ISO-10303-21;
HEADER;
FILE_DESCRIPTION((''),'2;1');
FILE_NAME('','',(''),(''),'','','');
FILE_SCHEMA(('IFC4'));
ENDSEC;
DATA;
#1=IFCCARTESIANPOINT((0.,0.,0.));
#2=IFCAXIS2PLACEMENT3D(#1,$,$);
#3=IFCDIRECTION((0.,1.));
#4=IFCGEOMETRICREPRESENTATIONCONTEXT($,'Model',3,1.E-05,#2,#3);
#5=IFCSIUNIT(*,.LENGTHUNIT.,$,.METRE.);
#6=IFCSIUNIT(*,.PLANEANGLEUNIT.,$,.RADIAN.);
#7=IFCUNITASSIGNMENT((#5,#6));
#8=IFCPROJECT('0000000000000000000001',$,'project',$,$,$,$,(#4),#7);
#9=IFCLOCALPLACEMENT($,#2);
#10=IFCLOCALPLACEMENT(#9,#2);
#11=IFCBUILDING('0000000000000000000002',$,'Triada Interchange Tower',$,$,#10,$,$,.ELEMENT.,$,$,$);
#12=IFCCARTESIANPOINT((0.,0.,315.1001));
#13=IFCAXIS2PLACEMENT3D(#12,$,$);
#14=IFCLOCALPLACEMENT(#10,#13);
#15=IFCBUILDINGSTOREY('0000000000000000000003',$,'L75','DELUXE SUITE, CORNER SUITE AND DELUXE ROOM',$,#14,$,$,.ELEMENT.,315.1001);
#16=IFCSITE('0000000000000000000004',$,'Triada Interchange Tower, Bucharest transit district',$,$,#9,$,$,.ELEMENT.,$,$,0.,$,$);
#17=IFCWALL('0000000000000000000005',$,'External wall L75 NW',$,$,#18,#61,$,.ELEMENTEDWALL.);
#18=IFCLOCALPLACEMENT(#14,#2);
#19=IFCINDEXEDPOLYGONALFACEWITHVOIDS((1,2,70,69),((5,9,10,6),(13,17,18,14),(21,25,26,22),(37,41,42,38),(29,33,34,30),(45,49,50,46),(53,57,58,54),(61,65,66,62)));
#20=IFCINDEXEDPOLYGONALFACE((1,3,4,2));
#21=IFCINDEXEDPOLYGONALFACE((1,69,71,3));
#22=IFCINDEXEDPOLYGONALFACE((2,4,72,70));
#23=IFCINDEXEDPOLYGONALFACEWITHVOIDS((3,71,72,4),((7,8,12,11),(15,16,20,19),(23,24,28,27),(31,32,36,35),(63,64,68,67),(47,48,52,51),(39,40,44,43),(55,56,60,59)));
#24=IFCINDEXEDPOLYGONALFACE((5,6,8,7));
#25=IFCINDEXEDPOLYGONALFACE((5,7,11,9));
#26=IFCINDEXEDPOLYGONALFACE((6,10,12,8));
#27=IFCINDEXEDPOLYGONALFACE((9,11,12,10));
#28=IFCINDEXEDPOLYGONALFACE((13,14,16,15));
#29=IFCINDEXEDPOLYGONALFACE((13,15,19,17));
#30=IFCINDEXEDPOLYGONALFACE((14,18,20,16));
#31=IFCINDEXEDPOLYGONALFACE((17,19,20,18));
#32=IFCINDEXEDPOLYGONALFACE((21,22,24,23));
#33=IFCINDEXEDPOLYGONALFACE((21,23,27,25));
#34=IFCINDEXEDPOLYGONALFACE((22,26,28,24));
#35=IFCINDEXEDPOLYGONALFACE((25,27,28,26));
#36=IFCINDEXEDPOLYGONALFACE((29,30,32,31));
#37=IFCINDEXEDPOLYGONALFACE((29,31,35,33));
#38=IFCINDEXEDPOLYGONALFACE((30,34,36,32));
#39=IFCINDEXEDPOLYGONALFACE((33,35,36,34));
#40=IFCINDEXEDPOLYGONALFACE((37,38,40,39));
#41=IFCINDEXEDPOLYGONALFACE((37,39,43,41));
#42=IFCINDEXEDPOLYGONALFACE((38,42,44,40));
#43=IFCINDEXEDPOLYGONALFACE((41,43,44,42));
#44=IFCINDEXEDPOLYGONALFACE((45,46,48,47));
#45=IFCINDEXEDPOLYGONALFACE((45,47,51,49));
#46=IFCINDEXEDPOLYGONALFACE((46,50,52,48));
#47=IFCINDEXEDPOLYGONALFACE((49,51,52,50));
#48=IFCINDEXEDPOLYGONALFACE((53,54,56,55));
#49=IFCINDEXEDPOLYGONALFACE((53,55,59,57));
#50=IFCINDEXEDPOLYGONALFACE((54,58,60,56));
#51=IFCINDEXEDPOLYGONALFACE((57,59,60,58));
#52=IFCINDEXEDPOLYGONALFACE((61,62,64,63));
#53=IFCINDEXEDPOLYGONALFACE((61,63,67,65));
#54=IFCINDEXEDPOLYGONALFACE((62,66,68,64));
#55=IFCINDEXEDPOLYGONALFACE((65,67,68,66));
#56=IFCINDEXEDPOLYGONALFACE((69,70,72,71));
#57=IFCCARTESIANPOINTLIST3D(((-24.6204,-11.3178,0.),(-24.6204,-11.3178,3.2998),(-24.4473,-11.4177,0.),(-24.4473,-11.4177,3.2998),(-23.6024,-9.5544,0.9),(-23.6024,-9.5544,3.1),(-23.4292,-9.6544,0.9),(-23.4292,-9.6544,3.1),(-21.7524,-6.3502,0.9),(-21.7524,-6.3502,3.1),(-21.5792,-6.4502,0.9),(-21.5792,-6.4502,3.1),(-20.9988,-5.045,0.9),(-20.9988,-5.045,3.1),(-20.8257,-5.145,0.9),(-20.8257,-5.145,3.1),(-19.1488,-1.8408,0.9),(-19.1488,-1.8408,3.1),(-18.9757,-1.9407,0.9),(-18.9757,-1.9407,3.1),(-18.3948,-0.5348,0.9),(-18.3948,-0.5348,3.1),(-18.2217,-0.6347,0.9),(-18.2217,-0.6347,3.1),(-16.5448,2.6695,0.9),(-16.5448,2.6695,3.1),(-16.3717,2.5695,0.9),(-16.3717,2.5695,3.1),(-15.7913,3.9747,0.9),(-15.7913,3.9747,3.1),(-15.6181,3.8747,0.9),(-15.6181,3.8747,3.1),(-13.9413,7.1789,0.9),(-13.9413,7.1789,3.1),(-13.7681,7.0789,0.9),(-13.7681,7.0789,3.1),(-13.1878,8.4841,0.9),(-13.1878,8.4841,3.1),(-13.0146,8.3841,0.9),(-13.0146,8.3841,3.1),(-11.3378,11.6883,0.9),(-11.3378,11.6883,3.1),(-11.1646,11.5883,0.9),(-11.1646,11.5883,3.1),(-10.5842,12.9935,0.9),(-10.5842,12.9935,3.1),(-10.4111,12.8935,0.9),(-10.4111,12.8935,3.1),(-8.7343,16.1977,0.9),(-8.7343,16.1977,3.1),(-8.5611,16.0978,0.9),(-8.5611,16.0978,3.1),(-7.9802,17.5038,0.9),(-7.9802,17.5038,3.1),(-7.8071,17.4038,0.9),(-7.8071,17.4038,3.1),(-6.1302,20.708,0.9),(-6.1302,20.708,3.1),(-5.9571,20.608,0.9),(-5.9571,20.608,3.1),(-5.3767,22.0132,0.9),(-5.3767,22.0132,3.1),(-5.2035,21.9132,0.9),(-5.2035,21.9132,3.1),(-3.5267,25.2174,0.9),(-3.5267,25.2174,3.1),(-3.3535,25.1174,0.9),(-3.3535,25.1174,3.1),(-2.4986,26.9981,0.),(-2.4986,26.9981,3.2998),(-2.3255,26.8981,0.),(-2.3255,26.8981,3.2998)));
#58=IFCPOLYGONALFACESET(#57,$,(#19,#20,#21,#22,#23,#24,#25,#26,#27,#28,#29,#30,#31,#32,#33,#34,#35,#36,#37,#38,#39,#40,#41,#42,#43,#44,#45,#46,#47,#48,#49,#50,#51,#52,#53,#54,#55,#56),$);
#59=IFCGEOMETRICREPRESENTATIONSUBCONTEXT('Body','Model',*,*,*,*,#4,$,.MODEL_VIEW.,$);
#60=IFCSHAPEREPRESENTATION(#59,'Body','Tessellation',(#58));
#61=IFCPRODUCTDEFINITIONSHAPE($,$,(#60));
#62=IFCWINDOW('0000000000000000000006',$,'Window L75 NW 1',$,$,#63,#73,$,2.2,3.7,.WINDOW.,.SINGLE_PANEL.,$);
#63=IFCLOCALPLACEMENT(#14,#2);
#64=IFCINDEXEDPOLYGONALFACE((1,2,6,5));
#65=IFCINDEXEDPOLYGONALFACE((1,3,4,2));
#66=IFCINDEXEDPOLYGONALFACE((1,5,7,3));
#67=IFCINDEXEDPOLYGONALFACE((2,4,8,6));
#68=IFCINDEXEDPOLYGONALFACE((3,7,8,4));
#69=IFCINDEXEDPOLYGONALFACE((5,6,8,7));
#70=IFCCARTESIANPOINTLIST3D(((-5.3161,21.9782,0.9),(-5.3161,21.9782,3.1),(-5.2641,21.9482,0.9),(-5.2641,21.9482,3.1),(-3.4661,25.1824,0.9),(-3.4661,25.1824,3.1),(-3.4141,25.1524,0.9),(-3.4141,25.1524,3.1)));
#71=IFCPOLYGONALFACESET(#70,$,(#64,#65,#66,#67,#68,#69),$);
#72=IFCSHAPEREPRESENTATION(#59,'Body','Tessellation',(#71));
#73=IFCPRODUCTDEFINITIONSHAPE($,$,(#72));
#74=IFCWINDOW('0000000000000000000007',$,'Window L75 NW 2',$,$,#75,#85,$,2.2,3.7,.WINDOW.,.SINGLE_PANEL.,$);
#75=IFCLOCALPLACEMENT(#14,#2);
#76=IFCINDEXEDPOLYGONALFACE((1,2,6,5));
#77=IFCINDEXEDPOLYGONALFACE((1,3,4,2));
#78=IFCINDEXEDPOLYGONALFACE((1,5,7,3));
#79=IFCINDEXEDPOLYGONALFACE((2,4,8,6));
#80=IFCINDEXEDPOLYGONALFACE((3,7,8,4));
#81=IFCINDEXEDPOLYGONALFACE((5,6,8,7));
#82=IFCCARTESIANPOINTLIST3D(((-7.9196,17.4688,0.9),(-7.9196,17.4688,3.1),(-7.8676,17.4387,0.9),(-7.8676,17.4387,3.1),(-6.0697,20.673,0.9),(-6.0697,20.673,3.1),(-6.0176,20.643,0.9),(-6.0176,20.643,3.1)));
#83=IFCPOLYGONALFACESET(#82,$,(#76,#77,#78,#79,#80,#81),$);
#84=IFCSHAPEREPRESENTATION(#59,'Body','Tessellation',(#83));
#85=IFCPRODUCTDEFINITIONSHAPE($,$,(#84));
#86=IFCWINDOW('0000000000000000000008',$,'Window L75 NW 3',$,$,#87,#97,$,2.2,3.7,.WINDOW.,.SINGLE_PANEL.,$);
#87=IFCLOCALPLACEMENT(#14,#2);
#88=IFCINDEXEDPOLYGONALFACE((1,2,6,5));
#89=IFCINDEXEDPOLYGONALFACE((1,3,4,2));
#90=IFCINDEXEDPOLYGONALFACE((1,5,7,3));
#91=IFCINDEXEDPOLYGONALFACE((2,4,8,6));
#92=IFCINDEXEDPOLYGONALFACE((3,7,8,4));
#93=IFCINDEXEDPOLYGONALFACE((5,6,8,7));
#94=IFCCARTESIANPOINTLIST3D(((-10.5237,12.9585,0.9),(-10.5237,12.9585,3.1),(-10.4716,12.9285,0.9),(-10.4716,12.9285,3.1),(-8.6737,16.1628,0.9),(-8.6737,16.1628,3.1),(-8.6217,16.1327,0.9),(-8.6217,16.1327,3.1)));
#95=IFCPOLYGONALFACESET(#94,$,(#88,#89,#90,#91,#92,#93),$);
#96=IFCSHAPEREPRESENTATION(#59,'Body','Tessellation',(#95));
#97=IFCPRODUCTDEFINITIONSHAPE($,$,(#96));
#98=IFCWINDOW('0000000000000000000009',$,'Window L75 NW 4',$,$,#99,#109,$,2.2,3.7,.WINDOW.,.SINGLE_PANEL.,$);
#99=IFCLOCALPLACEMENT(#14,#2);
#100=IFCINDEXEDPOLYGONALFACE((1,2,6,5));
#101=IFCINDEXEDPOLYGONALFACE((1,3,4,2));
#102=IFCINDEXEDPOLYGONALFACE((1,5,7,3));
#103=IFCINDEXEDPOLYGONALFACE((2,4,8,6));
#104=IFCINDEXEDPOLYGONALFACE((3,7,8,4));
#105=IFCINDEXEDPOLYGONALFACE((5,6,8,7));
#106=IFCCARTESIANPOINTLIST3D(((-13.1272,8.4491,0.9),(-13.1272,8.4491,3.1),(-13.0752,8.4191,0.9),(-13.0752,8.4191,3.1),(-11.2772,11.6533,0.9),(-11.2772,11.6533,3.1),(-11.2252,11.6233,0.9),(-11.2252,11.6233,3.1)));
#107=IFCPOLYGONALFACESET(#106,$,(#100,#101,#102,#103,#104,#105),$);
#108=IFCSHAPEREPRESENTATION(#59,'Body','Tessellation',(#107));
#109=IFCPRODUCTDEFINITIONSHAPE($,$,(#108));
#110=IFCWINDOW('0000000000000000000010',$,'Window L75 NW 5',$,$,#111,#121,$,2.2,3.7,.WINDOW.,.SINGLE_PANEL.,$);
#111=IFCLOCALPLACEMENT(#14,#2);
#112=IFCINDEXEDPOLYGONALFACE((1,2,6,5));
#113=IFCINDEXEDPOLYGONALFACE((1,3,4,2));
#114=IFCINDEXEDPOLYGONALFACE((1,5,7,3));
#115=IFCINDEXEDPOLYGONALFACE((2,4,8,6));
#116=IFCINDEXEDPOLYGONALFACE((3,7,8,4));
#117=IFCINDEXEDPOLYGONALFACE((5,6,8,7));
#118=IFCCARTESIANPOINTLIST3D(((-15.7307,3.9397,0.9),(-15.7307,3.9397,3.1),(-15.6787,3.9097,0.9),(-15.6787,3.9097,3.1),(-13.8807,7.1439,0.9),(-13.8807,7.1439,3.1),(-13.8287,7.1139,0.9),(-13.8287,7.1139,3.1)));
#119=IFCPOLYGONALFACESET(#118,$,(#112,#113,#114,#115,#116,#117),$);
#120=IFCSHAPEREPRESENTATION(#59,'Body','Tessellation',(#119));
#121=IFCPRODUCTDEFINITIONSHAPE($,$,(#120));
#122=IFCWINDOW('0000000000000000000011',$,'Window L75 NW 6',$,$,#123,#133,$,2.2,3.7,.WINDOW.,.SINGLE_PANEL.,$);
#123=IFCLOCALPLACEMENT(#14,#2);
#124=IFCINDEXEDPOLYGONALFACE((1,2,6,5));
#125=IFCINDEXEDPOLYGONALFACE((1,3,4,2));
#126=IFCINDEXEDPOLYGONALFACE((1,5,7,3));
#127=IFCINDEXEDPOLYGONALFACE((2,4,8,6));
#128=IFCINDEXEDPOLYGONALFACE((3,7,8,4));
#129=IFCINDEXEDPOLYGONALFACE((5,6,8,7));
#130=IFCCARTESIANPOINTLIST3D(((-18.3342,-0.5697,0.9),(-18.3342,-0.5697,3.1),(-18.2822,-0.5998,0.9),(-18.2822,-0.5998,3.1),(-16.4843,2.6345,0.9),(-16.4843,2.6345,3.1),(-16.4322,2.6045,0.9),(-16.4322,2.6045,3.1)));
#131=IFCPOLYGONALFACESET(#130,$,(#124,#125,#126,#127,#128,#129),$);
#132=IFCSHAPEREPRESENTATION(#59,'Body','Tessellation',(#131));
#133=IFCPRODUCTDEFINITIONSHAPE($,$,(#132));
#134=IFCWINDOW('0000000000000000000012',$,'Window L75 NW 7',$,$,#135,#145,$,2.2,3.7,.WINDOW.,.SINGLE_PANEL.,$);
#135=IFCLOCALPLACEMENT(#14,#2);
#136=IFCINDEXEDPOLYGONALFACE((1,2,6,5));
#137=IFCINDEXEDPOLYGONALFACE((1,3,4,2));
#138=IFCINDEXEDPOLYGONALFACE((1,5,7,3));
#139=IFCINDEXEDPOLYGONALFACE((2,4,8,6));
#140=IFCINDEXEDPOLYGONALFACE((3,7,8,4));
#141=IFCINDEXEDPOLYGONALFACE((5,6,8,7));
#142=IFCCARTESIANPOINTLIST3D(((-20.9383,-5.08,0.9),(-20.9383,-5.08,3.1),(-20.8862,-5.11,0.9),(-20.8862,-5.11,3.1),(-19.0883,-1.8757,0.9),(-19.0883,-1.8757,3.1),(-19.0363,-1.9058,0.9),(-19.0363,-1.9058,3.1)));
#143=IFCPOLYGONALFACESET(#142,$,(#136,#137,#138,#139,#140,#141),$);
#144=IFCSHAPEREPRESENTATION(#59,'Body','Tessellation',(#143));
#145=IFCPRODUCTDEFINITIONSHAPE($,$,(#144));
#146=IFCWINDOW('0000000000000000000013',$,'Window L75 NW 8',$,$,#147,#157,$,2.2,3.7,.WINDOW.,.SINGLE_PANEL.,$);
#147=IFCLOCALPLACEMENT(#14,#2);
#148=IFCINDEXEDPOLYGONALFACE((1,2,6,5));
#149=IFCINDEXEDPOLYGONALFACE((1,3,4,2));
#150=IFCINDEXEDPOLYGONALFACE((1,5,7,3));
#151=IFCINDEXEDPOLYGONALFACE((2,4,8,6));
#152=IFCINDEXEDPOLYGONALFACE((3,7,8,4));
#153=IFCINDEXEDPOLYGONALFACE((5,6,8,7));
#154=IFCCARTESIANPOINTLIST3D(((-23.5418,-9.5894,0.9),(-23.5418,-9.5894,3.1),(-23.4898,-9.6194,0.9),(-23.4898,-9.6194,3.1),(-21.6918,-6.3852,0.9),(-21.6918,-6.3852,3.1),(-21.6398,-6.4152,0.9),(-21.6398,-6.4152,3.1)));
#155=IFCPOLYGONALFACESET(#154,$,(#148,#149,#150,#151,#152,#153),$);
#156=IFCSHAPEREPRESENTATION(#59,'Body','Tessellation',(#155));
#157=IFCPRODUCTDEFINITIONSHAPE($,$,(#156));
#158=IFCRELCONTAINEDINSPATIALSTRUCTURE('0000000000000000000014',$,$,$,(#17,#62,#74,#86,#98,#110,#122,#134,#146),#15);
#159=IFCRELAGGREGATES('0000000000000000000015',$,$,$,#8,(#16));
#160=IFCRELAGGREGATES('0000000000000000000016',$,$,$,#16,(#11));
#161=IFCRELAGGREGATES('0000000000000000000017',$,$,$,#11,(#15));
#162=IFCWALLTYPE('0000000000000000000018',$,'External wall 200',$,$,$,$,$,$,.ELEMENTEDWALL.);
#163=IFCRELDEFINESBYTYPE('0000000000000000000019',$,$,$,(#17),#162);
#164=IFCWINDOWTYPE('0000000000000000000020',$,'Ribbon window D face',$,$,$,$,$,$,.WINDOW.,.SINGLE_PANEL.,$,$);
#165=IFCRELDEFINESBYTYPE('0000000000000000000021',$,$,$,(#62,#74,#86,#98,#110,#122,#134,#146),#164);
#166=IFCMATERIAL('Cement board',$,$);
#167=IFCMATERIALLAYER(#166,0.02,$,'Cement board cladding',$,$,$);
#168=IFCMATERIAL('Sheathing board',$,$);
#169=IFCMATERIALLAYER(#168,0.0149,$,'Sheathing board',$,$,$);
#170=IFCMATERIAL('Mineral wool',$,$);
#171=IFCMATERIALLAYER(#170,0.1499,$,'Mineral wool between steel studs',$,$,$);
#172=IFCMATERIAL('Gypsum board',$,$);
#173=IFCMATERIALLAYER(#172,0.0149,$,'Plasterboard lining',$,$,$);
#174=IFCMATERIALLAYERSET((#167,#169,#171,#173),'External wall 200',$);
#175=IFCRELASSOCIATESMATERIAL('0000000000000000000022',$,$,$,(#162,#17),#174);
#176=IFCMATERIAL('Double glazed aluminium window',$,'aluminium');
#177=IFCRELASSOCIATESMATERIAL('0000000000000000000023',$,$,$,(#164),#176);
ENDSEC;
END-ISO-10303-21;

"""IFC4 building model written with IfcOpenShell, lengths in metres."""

from ifc_helpers import new_model, si_unit, direction, frame, frame_2d, origin, place, context, subcontext, project, spatial, rectangle, extrude, material, layer, layer_set, layer_usage, type_object, element, fill, save


model = new_model("IFC4")

# Units and contexts
model_context = context("Model", 3, precision=1e-05, world=origin(), true_north=direction((0.0, 1.0)))
body_context = subcontext(model_context, "Body", "Model", "MODEL_VIEW")
ifc_project = project(units=[si_unit("LENGTHUNIT", "METRE"), si_unit("PLANEANGLEUNIT", "RADIAN")], contexts=[model_context])

# Site, building, storey
site_placement = place(None, origin())
site = spatial("IfcSite", under=ifc_project, at=site_placement, Name="Triada Interchange Tower, Bucharest transit district", CompositionType="ELEMENT", RefElevation=0.0)
building_placement = place(site_placement, origin())
building = spatial("IfcBuilding", under=site, at=building_placement, Name="Triada Interchange Tower", CompositionType="ELEMENT")
storey_placement = place(building_placement, frame((0.0, 0.0, 315.1001)))
storey = spatial("IfcBuildingStorey", under=building, at=storey_placement, Name="L75", Description="DELUXE SUITE, CORNER SUITE AND DELUXE ROOM", CompositionType="ELEMENT", Elevation=315.1001)

# Wall, openings, windows
ifc_material_1 = material(Name="Cement board")
ifc_layer_1 = layer(ifc_material_1, 0.02, Name="Cement board cladding")
ifc_material_2 = material(Name="Sheathing board")
ifc_layer_2 = layer(ifc_material_2, 0.0149, Name="Sheathing board")
ifc_material_3 = material(Name="Mineral wool")
ifc_layer_3 = layer(ifc_material_3, 0.1499, Name="Mineral wool between steel studs")
ifc_material_4 = material(Name="Gypsum board")
ifc_layer_4 = layer(ifc_material_4, 0.0149, Name="Plasterboard lining")
ifc_layer_set_1 = layer_set([ifc_layer_1, ifc_layer_2, ifc_layer_3, ifc_layer_4], Name="External wall 200")
ifc_layer_usage = layer_usage(ifc_layer_set_1, "AXIS2", "POSITIVE", -0.1001)
wall_type = type_object("IfcWallType", Name="External wall 200", PredefinedType="ELEMENTEDWALL", material=ifc_layer_set_1)
wall_placement = place(storey_placement, frame((-2.4121, 26.948, 0.0), z_axis=(0.0, 0.0, 1.0), x_axis=(-0.500002, -0.866024, 0.0)))
wall = element("IfcWall", 1, at=wall_placement, inside=storey, type_object=wall_type, material=ifc_layer_usage, Name="External wall L75 NW", PredefinedType="ELEMENTEDWALL", context=body_context, shape_type="SweptSolid", body=[
    extrude(rectangle(XDim=44.2434, YDim=0.2, at=frame_2d((22.1216, 0.0))), origin(), (0.0, 0.0, 1.0), 3.2998),
])
opening_1_placement = place(wall_placement, frame((2.0559, 0.0, 0.8999)))
opening_1 = element("IfcOpeningElement", 2, at=opening_1_placement, cuts=wall, PredefinedType="OPENING", context=body_context, shape_type="SweptSolid", body=[
    extrude(rectangle(XDim=3.7, YDim=2.2, at=frame_2d((1.8501, 1.1001))), frame((0.0, 0.1099, 0.0), z_axis=(0.0, -1.0, 0.0), x_axis=(1.0, 0.0, 0.0)), (0.0, 0.0, 1.0), 0.22),
])
opening_2_placement = place(wall_placement, frame((7.2629, 0.0, 0.8999)))
opening_2 = element("IfcOpeningElement", 3, at=opening_2_placement, cuts=wall, PredefinedType="OPENING", context=body_context, shape_type="SweptSolid", body=[
    extrude(rectangle(XDim=3.7, YDim=2.2, at=frame_2d((1.8501, 1.1001))), frame((0.0, 0.1099, 0.0), z_axis=(0.0, -1.0, 0.0), x_axis=(1.0, 0.0, 0.0)), (0.0, 0.0, 1.0), 0.22),
])
opening_3_placement = place(wall_placement, frame((12.4709, 0.0, 0.8999)))
opening_3 = element("IfcOpeningElement", 4, at=opening_3_placement, cuts=wall, PredefinedType="OPENING", context=body_context, shape_type="SweptSolid", body=[
    extrude(rectangle(XDim=3.7, YDim=2.2, at=frame_2d((1.8501, 1.1001))), frame((0.0, 0.1099, 0.0), z_axis=(0.0, -1.0, 0.0), x_axis=(1.0, 0.0, 0.0)), (0.0, 0.0, 1.0), 0.22),
])
opening_4_placement = place(wall_placement, frame((17.678, 0.0, 0.8999)))
opening_4 = element("IfcOpeningElement", 5, at=opening_4_placement, cuts=wall, PredefinedType="OPENING", context=body_context, shape_type="SweptSolid", body=[
    extrude(rectangle(XDim=3.7, YDim=2.2, at=frame_2d((1.8501, 1.1001))), frame((0.0, 0.1099, 0.0), z_axis=(0.0, -1.0, 0.0), x_axis=(1.0, 0.0, 0.0)), (0.0, 0.0, 1.0), 0.22),
])
opening_5_placement = place(wall_placement, frame((22.885, 0.0, 0.8999)))
opening_5 = element("IfcOpeningElement", 6, at=opening_5_placement, cuts=wall, PredefinedType="OPENING", context=body_context, shape_type="SweptSolid", body=[
    extrude(rectangle(XDim=3.7, YDim=2.2, at=frame_2d((1.8501, 1.1001))), frame((0.0, 0.1099, 0.0), z_axis=(0.0, -1.0, 0.0), x_axis=(1.0, 0.0, 0.0)), (0.0, 0.0, 1.0), 0.22),
])
opening_6_placement = place(wall_placement, frame((28.092, 0.0, 0.8999)))
opening_6 = element("IfcOpeningElement", 7, at=opening_6_placement, cuts=wall, PredefinedType="OPENING", context=body_context, shape_type="SweptSolid", body=[
    extrude(rectangle(XDim=3.7, YDim=2.2, at=frame_2d((1.8501, 1.1001))), frame((0.0, 0.1099, 0.0), z_axis=(0.0, -1.0, 0.0), x_axis=(1.0, 0.0, 0.0)), (0.0, 0.0, 1.0), 0.22),
])
opening_7_placement = place(wall_placement, frame((33.3, 0.0, 0.8999)))
opening_7 = element("IfcOpeningElement", 8, at=opening_7_placement, cuts=wall, PredefinedType="OPENING", context=body_context, shape_type="SweptSolid", body=[
    extrude(rectangle(XDim=3.7, YDim=2.2, at=frame_2d((1.8501, 1.1001))), frame((0.0, 0.1099, 0.0), z_axis=(0.0, -1.0, 0.0), x_axis=(1.0, 0.0, 0.0)), (0.0, 0.0, 1.0), 0.22),
])
opening_8_placement = place(wall_placement, frame((38.5071, 0.0, 0.8999)))
opening_8 = element("IfcOpeningElement", 9, at=opening_8_placement, cuts=wall, PredefinedType="OPENING", context=body_context, shape_type="SweptSolid", body=[
    extrude(rectangle(XDim=3.7, YDim=2.2, at=frame_2d((1.8501, 1.1001))), frame((0.0, 0.1099, 0.0), z_axis=(0.0, -1.0, 0.0), x_axis=(1.0, 0.0, 0.0)), (0.0, 0.0, 1.0), 0.22),
])
ifc_material_5 = material(Name="Double glazed aluminium window", Category="aluminium")
window_type = type_object("IfcWindowType", Name="Ribbon window D face", PartitioningType="SINGLE_PANEL", PredefinedType="WINDOW", material=ifc_material_5)
window_1_placement = place(opening_1_placement, origin())
window_1 = element("IfcWindow", 10, at=window_1_placement, inside=storey, type_object=window_type, Name="Window L75 NW 1", OverallHeight=2.2, OverallWidth=3.7, PartitioningType="SINGLE_PANEL", PredefinedType="WINDOW", context=body_context, shape_type="SweptSolid", body=[
    extrude(rectangle(XDim=3.7, YDim=2.2, at=frame_2d((1.8501, 1.1001))), frame((0.0, 0.03, 0.0), z_axis=(0.0, -1.0, 0.0), x_axis=(1.0, 0.0, 0.0)), (0.0, 0.0, 1.0), 0.0601),
])
fill(opening_1, window_1)
window_2_placement = place(opening_2_placement, origin())
window_2 = element("IfcWindow", 11, at=window_2_placement, inside=storey, type_object=window_type, Name="Window L75 NW 2", OverallHeight=2.2, OverallWidth=3.7, PartitioningType="SINGLE_PANEL", PredefinedType="WINDOW", context=body_context, shape_type="SweptSolid", body=[
    extrude(rectangle(XDim=3.7, YDim=2.2, at=frame_2d((1.8501, 1.1001))), frame((0.0, 0.03, 0.0), z_axis=(0.0, -1.0, 0.0), x_axis=(1.0, 0.0, 0.0)), (0.0, 0.0, 1.0), 0.0601),
])
fill(opening_2, window_2)
window_3_placement = place(opening_3_placement, origin())
window_3 = element("IfcWindow", 12, at=window_3_placement, inside=storey, type_object=window_type, Name="Window L75 NW 3", OverallHeight=2.2, OverallWidth=3.7, PartitioningType="SINGLE_PANEL", PredefinedType="WINDOW", context=body_context, shape_type="SweptSolid", body=[
    extrude(rectangle(XDim=3.7, YDim=2.2, at=frame_2d((1.8501, 1.1001))), frame((0.0, 0.03, 0.0), z_axis=(0.0, -1.0, 0.0), x_axis=(1.0, 0.0, 0.0)), (0.0, 0.0, 1.0), 0.0601),
])
fill(opening_3, window_3)
window_4_placement = place(opening_4_placement, origin())
window_4 = element("IfcWindow", 13, at=window_4_placement, inside=storey, type_object=window_type, Name="Window L75 NW 4", OverallHeight=2.2, OverallWidth=3.7, PartitioningType="SINGLE_PANEL", PredefinedType="WINDOW", context=body_context, shape_type="SweptSolid", body=[
    extrude(rectangle(XDim=3.7, YDim=2.2, at=frame_2d((1.8501, 1.1001))), frame((0.0, 0.03, 0.0), z_axis=(0.0, -1.0, 0.0), x_axis=(1.0, 0.0, 0.0)), (0.0, 0.0, 1.0), 0.0601),
])
fill(opening_4, window_4)
window_5_placement = place(opening_5_placement, origin())
window_5 = element("IfcWindow", 14, at=window_5_placement, inside=storey, type_object=window_type, Name="Window L75 NW 5", OverallHeight=2.2, OverallWidth=3.7, PartitioningType="SINGLE_PANEL", PredefinedType="WINDOW", context=body_context, shape_type="SweptSolid", body=[
    extrude(rectangle(XDim=3.7, YDim=2.2, at=frame_2d((1.8501, 1.1001))), frame((0.0, 0.03, 0.0), z_axis=(0.0, -1.0, 0.0), x_axis=(1.0, 0.0, 0.0)), (0.0, 0.0, 1.0), 0.0601),
])
fill(opening_5, window_5)
window_6_placement = place(opening_6_placement, origin())
window_6 = element("IfcWindow", 15, at=window_6_placement, inside=storey, type_object=window_type, Name="Window L75 NW 6", OverallHeight=2.2, OverallWidth=3.7, PartitioningType="SINGLE_PANEL", PredefinedType="WINDOW", context=body_context, shape_type="SweptSolid", body=[
    extrude(rectangle(XDim=3.7, YDim=2.2, at=frame_2d((1.8501, 1.1001))), frame((0.0, 0.03, 0.0), z_axis=(0.0, -1.0, 0.0), x_axis=(1.0, 0.0, 0.0)), (0.0, 0.0, 1.0), 0.0601),
])
fill(opening_6, window_6)
window_7_placement = place(opening_7_placement, origin())
window_7 = element("IfcWindow", 16, at=window_7_placement, inside=storey, type_object=window_type, Name="Window L75 NW 7", OverallHeight=2.2, OverallWidth=3.7, PartitioningType="SINGLE_PANEL", PredefinedType="WINDOW", context=body_context, shape_type="SweptSolid", body=[
    extrude(rectangle(XDim=3.7, YDim=2.2, at=frame_2d((1.8501, 1.1001))), frame((0.0, 0.03, 0.0), z_axis=(0.0, -1.0, 0.0), x_axis=(1.0, 0.0, 0.0)), (0.0, 0.0, 1.0), 0.0601),
])
fill(opening_7, window_7)
window_8_placement = place(opening_8_placement, origin())
window_8 = element("IfcWindow", 17, at=window_8_placement, inside=storey, type_object=window_type, Name="Window L75 NW 8", OverallHeight=2.2, OverallWidth=3.7, PartitioningType="SINGLE_PANEL", PredefinedType="WINDOW", context=body_context, shape_type="SweptSolid", body=[
    extrude(rectangle(XDim=3.7, YDim=2.2, at=frame_2d((1.8501, 1.1001))), frame((0.0, 0.03, 0.0), z_axis=(0.0, -1.0, 0.0), x_axis=(1.0, 0.0, 0.0)), (0.0, 0.0, 1.0), 0.0601),
])
fill(opening_8, window_8)

save(model, "model.ifc")
